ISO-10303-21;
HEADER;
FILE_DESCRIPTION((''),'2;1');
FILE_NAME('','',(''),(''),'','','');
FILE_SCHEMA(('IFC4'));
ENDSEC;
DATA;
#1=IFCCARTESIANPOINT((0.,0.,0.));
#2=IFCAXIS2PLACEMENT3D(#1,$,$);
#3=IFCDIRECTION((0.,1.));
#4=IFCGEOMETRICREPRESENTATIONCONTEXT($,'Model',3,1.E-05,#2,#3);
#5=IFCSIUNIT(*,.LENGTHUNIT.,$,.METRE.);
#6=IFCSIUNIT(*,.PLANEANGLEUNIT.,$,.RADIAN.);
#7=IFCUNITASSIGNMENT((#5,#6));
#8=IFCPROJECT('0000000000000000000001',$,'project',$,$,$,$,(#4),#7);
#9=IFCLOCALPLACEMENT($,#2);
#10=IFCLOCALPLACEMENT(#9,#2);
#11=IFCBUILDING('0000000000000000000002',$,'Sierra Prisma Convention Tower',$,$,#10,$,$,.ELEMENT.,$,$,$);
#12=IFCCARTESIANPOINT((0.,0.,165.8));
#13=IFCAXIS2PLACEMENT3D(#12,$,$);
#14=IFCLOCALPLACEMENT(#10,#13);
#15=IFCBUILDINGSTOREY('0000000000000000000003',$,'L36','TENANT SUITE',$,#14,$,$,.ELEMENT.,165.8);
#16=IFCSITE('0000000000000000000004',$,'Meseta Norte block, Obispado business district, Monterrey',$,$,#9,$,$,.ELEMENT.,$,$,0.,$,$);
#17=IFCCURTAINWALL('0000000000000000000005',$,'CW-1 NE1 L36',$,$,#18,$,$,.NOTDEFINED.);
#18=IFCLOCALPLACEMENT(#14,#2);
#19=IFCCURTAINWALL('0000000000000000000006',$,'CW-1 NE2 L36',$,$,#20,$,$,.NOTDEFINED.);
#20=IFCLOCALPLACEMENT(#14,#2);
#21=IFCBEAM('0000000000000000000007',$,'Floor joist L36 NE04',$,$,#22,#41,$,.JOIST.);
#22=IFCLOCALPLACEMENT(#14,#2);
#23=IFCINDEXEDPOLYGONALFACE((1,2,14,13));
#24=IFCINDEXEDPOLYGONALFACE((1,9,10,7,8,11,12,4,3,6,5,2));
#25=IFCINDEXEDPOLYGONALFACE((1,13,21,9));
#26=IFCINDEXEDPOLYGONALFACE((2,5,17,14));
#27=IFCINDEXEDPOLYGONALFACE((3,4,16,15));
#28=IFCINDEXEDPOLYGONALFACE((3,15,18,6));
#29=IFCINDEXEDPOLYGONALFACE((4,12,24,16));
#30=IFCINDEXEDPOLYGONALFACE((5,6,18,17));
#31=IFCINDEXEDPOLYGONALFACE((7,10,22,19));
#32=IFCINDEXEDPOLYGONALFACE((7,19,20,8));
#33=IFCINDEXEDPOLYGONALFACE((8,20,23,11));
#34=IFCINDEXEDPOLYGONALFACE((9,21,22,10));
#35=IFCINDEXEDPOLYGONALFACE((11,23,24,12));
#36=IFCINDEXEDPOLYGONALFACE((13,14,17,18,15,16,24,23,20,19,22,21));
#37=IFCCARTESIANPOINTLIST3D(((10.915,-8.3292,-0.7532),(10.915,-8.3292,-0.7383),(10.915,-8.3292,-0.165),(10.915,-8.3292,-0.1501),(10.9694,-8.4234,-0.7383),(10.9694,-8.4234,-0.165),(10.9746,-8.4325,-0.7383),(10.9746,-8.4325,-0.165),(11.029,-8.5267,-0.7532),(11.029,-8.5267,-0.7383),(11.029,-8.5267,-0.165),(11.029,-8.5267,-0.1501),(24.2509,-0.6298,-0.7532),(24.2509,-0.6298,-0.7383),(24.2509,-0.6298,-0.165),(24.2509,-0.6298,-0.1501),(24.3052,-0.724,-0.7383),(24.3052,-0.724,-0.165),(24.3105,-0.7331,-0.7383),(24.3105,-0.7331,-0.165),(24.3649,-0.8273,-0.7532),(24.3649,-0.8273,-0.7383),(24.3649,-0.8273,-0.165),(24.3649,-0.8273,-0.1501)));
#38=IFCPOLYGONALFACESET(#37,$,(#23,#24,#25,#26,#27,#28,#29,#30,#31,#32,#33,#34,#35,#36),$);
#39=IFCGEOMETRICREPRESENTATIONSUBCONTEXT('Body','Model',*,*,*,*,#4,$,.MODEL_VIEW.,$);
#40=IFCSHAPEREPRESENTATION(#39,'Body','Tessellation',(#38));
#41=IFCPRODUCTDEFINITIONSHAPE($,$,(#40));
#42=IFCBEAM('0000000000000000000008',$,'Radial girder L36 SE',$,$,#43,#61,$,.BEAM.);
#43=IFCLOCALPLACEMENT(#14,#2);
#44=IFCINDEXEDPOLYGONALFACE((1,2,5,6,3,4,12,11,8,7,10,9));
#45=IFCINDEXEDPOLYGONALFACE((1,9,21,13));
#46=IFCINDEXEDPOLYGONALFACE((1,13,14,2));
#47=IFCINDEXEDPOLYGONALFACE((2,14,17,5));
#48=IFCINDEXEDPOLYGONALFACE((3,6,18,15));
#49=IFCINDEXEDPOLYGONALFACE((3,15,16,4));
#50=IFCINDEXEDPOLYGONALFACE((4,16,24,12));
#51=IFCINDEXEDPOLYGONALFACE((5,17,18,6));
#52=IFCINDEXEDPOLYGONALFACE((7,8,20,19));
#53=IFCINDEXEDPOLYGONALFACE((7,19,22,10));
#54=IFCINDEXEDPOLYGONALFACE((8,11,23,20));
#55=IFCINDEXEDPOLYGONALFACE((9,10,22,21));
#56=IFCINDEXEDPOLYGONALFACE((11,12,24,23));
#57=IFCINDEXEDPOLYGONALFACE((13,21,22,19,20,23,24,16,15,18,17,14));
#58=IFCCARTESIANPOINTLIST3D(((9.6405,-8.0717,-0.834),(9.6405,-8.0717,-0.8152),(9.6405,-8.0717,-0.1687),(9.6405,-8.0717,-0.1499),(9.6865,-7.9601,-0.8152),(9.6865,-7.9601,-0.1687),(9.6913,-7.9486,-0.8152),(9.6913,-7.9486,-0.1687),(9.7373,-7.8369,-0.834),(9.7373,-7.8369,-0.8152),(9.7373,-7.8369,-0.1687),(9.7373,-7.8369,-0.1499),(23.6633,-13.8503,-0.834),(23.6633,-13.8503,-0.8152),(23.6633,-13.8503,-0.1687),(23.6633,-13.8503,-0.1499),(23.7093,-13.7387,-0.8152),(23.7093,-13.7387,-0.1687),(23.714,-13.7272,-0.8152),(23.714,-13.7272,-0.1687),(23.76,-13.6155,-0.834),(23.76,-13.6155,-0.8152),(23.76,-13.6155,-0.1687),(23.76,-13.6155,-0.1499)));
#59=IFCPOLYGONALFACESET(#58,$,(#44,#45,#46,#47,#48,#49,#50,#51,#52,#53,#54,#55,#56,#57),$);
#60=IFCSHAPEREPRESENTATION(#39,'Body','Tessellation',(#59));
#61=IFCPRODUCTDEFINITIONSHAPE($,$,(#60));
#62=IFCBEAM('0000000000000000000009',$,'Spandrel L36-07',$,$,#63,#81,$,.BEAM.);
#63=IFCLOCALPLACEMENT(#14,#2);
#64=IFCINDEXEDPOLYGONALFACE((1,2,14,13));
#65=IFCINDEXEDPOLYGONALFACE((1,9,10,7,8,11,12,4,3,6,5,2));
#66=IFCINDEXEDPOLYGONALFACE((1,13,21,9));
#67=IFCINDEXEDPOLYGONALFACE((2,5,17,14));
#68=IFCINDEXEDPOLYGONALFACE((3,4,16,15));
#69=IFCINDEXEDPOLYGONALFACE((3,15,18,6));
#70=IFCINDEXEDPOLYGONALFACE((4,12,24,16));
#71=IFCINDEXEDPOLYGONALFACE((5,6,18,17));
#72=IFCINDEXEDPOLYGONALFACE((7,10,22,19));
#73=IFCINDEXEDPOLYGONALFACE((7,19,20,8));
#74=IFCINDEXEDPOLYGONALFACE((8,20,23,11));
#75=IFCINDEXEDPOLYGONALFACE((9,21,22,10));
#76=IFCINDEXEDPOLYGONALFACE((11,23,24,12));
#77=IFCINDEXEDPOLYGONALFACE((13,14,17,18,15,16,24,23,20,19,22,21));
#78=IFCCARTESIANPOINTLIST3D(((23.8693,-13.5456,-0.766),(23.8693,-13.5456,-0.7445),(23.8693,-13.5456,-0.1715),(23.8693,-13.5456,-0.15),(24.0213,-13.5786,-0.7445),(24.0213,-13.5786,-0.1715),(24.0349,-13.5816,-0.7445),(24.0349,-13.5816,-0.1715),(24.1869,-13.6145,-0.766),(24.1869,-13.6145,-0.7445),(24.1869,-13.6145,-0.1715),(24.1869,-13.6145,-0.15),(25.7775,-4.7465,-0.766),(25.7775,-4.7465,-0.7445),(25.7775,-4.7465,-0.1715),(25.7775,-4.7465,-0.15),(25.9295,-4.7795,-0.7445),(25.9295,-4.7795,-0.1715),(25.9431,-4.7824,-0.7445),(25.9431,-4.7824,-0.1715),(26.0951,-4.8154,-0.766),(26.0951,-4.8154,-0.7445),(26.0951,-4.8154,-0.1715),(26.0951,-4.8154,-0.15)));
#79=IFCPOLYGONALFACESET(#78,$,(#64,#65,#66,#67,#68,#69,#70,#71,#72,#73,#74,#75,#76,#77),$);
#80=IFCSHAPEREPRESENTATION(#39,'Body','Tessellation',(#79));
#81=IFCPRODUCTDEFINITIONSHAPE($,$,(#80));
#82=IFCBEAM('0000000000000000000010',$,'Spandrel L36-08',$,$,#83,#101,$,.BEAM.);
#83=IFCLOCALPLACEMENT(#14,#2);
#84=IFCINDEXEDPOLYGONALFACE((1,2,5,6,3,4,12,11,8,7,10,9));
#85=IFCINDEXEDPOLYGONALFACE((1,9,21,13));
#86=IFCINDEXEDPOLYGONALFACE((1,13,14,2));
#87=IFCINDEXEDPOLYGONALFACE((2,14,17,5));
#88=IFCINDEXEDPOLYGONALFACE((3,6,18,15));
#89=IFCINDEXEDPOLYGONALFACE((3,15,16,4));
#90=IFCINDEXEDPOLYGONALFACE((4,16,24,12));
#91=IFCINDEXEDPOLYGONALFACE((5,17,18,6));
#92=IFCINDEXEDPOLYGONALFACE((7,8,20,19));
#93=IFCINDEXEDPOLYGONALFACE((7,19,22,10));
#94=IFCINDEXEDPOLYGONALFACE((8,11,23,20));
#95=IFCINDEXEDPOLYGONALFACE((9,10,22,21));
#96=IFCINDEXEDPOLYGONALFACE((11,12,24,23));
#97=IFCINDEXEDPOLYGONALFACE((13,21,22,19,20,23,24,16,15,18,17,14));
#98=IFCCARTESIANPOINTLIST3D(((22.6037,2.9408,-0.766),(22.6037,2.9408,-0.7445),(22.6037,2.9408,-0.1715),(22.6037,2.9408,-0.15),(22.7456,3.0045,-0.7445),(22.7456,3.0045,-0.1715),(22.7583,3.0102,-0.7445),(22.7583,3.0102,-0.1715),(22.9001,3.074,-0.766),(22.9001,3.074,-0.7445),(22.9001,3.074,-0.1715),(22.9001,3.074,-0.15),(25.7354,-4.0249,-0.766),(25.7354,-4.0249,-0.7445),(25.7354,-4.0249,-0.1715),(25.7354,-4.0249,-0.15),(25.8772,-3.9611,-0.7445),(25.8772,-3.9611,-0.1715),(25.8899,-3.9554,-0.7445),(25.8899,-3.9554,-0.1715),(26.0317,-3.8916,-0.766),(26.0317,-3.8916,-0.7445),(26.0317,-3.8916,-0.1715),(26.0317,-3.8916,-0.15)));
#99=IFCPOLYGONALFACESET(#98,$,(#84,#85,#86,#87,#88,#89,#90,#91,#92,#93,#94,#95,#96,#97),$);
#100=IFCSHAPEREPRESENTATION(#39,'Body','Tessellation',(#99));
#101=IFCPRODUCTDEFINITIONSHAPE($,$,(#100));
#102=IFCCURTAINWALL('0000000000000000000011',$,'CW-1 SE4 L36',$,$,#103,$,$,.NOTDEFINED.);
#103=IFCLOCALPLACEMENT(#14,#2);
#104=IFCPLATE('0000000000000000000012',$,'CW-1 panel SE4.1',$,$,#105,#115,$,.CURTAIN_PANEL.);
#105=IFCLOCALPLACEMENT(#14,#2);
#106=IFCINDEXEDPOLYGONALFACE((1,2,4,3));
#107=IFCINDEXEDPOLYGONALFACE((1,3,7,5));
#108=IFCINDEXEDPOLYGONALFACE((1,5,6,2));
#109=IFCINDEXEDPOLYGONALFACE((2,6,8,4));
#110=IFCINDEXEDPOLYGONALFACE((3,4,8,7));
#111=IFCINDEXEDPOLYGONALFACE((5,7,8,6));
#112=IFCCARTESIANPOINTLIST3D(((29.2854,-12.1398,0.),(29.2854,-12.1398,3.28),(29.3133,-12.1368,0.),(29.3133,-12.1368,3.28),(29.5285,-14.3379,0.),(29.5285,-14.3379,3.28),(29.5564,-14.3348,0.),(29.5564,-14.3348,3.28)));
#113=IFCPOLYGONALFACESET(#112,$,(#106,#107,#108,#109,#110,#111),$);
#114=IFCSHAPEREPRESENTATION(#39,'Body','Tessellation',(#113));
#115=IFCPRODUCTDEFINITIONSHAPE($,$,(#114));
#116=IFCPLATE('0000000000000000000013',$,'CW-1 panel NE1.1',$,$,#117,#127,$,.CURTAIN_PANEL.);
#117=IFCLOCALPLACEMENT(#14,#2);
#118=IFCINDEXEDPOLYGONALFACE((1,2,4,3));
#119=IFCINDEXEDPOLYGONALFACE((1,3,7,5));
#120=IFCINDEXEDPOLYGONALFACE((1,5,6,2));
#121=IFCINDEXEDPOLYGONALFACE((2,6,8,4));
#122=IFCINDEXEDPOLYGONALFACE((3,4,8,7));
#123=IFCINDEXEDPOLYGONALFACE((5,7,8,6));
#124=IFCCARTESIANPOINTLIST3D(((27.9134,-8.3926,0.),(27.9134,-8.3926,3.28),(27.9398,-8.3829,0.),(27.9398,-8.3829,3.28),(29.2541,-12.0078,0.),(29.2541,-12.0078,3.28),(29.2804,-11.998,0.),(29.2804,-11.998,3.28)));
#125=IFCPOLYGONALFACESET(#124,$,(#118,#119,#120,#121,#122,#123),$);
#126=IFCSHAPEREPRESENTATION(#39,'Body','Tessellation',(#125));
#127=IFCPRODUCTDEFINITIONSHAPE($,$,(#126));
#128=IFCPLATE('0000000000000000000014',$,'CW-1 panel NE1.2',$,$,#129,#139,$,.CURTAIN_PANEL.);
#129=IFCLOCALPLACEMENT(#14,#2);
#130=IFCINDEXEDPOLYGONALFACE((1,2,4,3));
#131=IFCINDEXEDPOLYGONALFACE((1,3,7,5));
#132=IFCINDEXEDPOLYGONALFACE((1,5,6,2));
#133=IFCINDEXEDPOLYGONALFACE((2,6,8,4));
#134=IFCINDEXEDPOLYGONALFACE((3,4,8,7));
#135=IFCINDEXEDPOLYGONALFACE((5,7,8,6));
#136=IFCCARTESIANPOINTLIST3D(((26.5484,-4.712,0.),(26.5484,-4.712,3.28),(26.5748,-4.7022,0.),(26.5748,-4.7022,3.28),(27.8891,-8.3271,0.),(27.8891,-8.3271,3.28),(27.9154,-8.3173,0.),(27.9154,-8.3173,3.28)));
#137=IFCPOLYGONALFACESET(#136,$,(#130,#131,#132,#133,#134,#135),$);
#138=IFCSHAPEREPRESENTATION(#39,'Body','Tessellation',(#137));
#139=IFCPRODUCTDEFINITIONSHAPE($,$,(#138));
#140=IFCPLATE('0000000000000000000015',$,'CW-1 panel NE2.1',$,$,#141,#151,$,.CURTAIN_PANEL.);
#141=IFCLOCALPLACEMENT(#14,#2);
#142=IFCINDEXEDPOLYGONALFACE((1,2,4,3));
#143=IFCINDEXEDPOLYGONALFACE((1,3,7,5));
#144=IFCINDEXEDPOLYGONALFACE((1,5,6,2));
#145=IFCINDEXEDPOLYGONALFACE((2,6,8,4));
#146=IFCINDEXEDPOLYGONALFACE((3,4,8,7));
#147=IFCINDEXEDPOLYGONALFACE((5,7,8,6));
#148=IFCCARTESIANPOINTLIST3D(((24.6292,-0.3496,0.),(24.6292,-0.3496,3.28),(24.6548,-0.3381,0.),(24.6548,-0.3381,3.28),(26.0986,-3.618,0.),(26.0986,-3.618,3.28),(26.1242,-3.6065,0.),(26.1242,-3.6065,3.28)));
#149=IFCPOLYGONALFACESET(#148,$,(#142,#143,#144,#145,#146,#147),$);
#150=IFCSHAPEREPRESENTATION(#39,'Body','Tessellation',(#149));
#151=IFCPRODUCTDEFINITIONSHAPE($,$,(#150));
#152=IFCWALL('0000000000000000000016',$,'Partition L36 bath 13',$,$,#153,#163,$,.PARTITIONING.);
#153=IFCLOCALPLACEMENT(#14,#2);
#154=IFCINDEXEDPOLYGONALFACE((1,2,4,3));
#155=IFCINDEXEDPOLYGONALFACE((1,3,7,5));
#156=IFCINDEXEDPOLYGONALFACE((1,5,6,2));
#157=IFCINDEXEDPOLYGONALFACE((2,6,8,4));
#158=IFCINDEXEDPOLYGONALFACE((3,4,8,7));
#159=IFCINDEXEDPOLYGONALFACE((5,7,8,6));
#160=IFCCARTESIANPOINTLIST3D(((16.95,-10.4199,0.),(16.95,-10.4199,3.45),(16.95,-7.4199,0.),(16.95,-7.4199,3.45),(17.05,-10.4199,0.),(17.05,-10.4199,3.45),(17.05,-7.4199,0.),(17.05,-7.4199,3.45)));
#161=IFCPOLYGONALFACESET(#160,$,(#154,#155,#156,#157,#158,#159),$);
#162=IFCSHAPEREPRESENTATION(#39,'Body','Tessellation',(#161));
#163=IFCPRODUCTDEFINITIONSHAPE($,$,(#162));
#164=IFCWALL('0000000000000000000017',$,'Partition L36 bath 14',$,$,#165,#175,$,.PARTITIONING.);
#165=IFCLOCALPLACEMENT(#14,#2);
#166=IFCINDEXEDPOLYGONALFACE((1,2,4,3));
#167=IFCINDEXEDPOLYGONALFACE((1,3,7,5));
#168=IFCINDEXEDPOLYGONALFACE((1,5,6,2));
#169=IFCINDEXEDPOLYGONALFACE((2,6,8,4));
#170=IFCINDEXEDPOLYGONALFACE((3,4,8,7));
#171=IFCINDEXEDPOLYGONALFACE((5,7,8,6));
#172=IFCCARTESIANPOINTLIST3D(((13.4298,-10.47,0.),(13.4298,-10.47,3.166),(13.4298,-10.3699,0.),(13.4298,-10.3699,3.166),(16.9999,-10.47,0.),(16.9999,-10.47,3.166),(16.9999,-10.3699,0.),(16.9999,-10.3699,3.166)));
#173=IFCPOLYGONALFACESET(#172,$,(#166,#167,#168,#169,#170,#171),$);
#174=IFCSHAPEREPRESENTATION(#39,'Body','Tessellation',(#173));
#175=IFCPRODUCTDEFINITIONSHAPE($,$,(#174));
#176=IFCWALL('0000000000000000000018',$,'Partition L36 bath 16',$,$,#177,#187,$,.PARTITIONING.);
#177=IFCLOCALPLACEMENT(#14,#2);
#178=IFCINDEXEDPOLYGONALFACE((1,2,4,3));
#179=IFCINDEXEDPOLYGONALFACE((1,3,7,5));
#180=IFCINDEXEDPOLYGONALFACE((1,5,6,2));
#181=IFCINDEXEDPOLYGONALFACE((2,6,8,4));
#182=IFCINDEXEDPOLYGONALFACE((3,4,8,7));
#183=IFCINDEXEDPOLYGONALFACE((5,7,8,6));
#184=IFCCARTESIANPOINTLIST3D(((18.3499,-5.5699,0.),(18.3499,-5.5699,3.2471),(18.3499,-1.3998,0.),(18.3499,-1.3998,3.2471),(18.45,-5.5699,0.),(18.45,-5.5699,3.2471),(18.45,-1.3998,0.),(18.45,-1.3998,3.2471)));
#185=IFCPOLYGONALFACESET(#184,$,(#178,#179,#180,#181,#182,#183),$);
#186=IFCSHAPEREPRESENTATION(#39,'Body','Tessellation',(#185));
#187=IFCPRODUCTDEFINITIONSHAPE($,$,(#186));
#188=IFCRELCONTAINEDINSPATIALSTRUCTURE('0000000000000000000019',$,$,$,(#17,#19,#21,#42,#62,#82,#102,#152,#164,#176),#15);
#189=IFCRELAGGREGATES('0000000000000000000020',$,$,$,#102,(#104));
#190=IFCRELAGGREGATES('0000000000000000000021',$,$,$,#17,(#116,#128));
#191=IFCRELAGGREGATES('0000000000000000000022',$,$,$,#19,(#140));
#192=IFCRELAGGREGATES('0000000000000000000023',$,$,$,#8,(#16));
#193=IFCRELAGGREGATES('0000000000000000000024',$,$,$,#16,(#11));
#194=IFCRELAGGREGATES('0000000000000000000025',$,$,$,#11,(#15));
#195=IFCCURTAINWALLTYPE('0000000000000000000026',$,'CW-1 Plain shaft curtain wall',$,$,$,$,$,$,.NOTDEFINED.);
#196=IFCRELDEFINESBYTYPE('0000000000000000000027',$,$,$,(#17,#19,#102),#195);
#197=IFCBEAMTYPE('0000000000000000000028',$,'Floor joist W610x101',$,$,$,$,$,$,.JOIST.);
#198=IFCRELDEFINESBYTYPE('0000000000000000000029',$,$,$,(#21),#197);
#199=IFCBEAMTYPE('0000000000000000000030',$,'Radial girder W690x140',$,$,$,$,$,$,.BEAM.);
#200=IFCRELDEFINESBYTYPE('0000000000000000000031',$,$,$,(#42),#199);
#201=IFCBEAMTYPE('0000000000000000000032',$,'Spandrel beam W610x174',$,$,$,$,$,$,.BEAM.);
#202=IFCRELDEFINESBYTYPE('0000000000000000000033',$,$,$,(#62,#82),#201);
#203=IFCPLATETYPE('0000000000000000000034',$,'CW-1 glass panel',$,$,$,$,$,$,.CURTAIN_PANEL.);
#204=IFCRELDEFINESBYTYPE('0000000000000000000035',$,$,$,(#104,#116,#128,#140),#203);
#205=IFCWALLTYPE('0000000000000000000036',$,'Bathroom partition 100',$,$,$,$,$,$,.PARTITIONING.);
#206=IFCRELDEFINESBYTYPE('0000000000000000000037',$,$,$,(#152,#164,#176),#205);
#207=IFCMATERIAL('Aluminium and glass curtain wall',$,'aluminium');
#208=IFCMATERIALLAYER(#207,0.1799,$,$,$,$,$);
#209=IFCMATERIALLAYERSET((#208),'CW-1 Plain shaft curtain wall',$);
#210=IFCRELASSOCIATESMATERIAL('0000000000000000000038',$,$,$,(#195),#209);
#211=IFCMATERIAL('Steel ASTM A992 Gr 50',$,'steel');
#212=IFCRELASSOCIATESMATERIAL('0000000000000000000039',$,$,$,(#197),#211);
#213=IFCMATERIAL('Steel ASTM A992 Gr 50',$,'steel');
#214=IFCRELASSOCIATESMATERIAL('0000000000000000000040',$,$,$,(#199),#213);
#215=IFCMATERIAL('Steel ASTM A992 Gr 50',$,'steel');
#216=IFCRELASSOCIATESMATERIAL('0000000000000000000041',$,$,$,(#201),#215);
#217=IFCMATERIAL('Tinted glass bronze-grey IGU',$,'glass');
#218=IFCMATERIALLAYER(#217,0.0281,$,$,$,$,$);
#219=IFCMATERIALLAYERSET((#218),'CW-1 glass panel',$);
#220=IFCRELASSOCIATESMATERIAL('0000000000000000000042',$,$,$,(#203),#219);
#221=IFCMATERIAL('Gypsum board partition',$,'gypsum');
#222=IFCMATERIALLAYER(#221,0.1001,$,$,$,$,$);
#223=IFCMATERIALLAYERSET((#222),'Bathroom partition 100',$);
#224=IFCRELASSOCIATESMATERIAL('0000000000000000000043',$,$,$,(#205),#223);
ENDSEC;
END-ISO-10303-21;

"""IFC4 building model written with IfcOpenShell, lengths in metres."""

from ifc_helpers import new_model, si_unit, direction, frame, frame_2d, origin, origin_2d, place, context, subcontext, project, spatial, rectangle, i_section, extrude, material, layer, layer_set, material_profile, profile_set, type_object, element, aggregate, save


model = new_model("IFC4")

# Units and contexts
model_context = context("Model", 3, precision=1e-05, world=origin(), true_north=direction((0.0, 1.0)))
body_context = subcontext(model_context, "Body", "Model", "MODEL_VIEW")
ifc_project = project(units=[si_unit("LENGTHUNIT", "METRE"), si_unit("PLANEANGLEUNIT", "RADIAN")], contexts=[model_context])

# Site, building, storey
site_placement = place(None, origin())
site = spatial("IfcSite", under=ifc_project, at=site_placement, Name="Meseta Norte block, Obispado business district, Monterrey", CompositionType="ELEMENT", RefElevation=0.0)
building_placement = place(site_placement, origin())
building = spatial("IfcBuilding", under=site, at=building_placement, Name="Sierra Prisma Convention Tower", CompositionType="ELEMENT")
storey_placement = place(building_placement, frame((0.0, 0.0, 165.8)))
storey = spatial("IfcBuildingStorey", under=building, at=storey_placement, Name="L36", Description="TENANT SUITE", CompositionType="ELEMENT", Elevation=165.8)

# Curtain walls
ifc_material_1 = material(Name="Aluminium and glass curtain wall", Category="aluminium")
ifc_layer_1 = layer(ifc_material_1, 0.1799)
ifc_layer_set_1 = layer_set([ifc_layer_1], Name="CW-1 Plain shaft curtain wall")
curtain_wall_type = type_object("IfcCurtainWallType", Name="CW-1 Plain shaft curtain wall", PredefinedType="NOTDEFINED", material=ifc_layer_set_1)
curtain_wall_1_placement = place(storey_placement, origin())
curtain_wall_1 = element("IfcCurtainWall", 1, at=curtain_wall_1_placement, inside=storey, type_object=curtain_wall_type, Name="CW-1 NE1 L36", PredefinedType="NOTDEFINED")
curtain_wall_2_placement = place(storey_placement, origin())
curtain_wall_2 = element("IfcCurtainWall", 2, at=curtain_wall_2_placement, inside=storey, type_object=curtain_wall_type, Name="CW-1 NE2 L36", PredefinedType="NOTDEFINED")

# Beams
ifc_material_2 = material(Name="Steel ASTM A992 Gr 50", Category="steel")
ifc_material_profile_1 = material_profile(ifc_material_2, i_section(OverallWidth=0.228, OverallDepth=0.603, WebThickness=0.0105, FlangeThickness=0.0149, at=origin_2d()), Name="W610x101")
ifc_profile_set_1 = profile_set([ifc_material_profile_1], Name="Steel ASTM A992 Gr 50")
beam_type_1 = type_object("IfcBeamType", Name="Floor joist W610x101", PredefinedType="JOIST", material=ifc_profile_set_1)
beam_1_placement = place(storey_placement, frame((24.3079, -0.7285, -0.4517), z_axis=(-0.866027, -0.499998, 0.0), x_axis=(0.499998, -0.866027, 0.0)))
element("IfcBeam", 3, at=beam_1_placement, inside=storey, type_object=beam_type_1, Name="Floor joist L36 NE04", PredefinedType="JOIST", context=body_context, shape_type="SweptSolid", body=[
    extrude(i_section(OverallWidth=0.228, OverallDepth=0.603, WebThickness=0.0105, FlangeThickness=0.0149, at=origin_2d()), origin(), (0.0, 0.0, 1.0), 15.3989),
])
ifc_material_3 = material(Name="Steel ASTM A992 Gr 50", Category="steel")
ifc_material_profile_2 = material_profile(ifc_material_3, i_section(OverallWidth=0.2539, OverallDepth=0.6841, WebThickness=0.0125, FlangeThickness=0.0188, at=origin_2d()), Name="W690x140")
ifc_profile_set_2 = profile_set([ifc_material_profile_2], Name="Steel ASTM A992 Gr 50")
beam_type_2 = type_object("IfcBeamType", Name="Radial girder W690x140", PredefinedType="BEAM", material=ifc_profile_set_2)
beam_2_placement = place(storey_placement, frame((23.7117, -13.7329, -0.4919), z_axis=(-0.924573, 0.381004, 0.0), x_axis=(-0.381004, -0.924573, 0.0)))
element("IfcBeam", 4, at=beam_2_placement, inside=storey, type_object=beam_type_2, Name="Radial girder L36 SE", PredefinedType="BEAM", context=body_context, shape_type="SweptSolid", body=[
    extrude(i_section(OverallWidth=0.2539, OverallDepth=0.6841, WebThickness=0.0125, FlangeThickness=0.0188, at=origin_2d()), origin(), (0.0, 0.0, 1.0), 15.1667),
])
ifc_material_4 = material(Name="Steel ASTM A992 Gr 50", Category="steel")
ifc_material_profile_3 = material_profile(ifc_material_4, i_section(OverallWidth=0.325, OverallDepth=0.616, WebThickness=0.0139, FlangeThickness=0.0215, at=origin_2d()), Name="W610x174")
ifc_profile_set_3 = profile_set([ifc_material_profile_3], Name="Steel ASTM A992 Gr 50")
beam_type_3 = type_object("IfcBeamType", Name="Spandrel beam W610x174", PredefinedType="BEAM", material=ifc_profile_set_3)
beam_3_placement = place(storey_placement, frame((24.0281, -13.5801, -0.458), z_axis=(0.211938, 0.977283, 0.0), x_axis=(-0.977283, 0.211938, 0.0)))
element("IfcBeam", 5, at=beam_3_placement, inside=storey, type_object=beam_type_3, Name="Spandrel L36-07", PredefinedType="BEAM", context=body_context, shape_type="SweptSolid", body=[
    extrude(i_section(OverallWidth=0.325, OverallDepth=0.616, WebThickness=0.0139, FlangeThickness=0.0215, at=origin_2d()), origin(), (0.0, 0.0, 1.0), 9.0037),
])
beam_4_placement = place(storey_placement, frame((25.8835, -3.9583, -0.458), z_axis=(-0.410047, 0.912064, 0.0), x_axis=(-0.912064, -0.410047, 0.0)))
element("IfcBeam", 6, at=beam_4_placement, inside=storey, type_object=beam_type_3, Name="Spandrel L36-08", PredefinedType="BEAM", context=body_context, shape_type="SweptSolid", body=[
    extrude(i_section(OverallWidth=0.325, OverallDepth=0.616, WebThickness=0.0139, FlangeThickness=0.0215, at=origin_2d()), origin(), (0.0, 0.0, 1.0), 7.6372),
])

# Curtain wall, plate
curtain_wall_3_placement = place(storey_placement, origin())
curtain_wall_3 = element("IfcCurtainWall", 7, at=curtain_wall_3_placement, inside=storey, type_object=curtain_wall_type, Name="CW-1 SE4 L36", PredefinedType="NOTDEFINED")
ifc_material_5 = material(Name="Tinted glass bronze-grey IGU", Category="glass")
ifc_layer_2 = layer(ifc_material_5, 0.0281)
ifc_layer_set_2 = layer_set([ifc_layer_2], Name="CW-1 glass panel")
plate_type = type_object("IfcPlateType", Name="CW-1 glass panel", PredefinedType="CURTAIN_PANEL", material=ifc_layer_set_2)
plate_1_placement = place(storey_placement, frame((29.4209, -13.2373, 0.0), z_axis=(0.0, 0.0, 1.0), x_axis=(-0.109951, 0.993937, 0.0)))
plate_1 = element("IfcPlate", 8, at=plate_1_placement, type_object=plate_type, Name="CW-1 panel SE4.1", PredefinedType="CURTAIN_PANEL", context=body_context, shape_type="SweptSolid", body=[
    extrude(rectangle(XDim=2.2114, YDim=0.0281, at=origin_2d()), origin(), (0.0, 0.0, 1.0), 3.28),
])
aggregate(curtain_wall_3, [plate_1])

# Plates
plate_2_placement = place(storey_placement, frame((28.5969, -10.1953, 0.0), z_axis=(0.0, 0.0, 1.0), x_axis=(-0.347709, 0.937603, 0.0)))
plate_2 = element("IfcPlate", 9, at=plate_2_placement, type_object=plate_type, Name="CW-1 panel NE1.1", PredefinedType="CURTAIN_PANEL", context=body_context, shape_type="SweptSolid", body=[
    extrude(rectangle(XDim=3.8557, YDim=0.0281, at=origin_2d()), origin(), (0.0, 0.0, 1.0), 3.28),
])
plate_3_placement = place(storey_placement, frame((27.2319, -6.5146, 0.0), z_axis=(0.0, 0.0, 1.0), x_axis=(-0.347709, 0.937603, 0.0)))
plate_3 = element("IfcPlate", 10, at=plate_3_placement, type_object=plate_type, Name="CW-1 panel NE1.2", PredefinedType="CURTAIN_PANEL", context=body_context, shape_type="SweptSolid", body=[
    extrude(rectangle(XDim=3.8557, YDim=0.0281, at=origin_2d()), origin(), (0.0, 0.0, 1.0), 3.28),
])
aggregate(curtain_wall_1, [plate_2, plate_3])
plate_4_placement = place(storey_placement, frame((25.3767, -1.978, 0.0), z_axis=(0.0, 0.0, 1.0), x_axis=(-0.410056, 0.91206, 0.0)))
plate_4 = element("IfcPlate", 11, at=plate_4_placement, type_object=plate_type, Name="CW-1 panel NE2.1", PredefinedType="CURTAIN_PANEL", context=body_context, shape_type="SweptSolid", body=[
    extrude(rectangle(XDim=3.5835, YDim=0.0281, at=origin_2d()), origin(), (0.0, 0.0, 1.0), 3.28),
])
aggregate(curtain_wall_2, [plate_4])

# Walls
ifc_material_6 = material(Name="Gypsum board partition", Category="gypsum")
ifc_layer_3 = layer(ifc_material_6, 0.1001)
ifc_layer_set_3 = layer_set([ifc_layer_3], Name="Bathroom partition 100")
wall_type_1 = type_object("IfcWallType", Name="Bathroom partition 100", PredefinedType="PARTITIONING", material=ifc_layer_set_3)
wall_1_placement = place(storey_placement, frame((17.0, -7.4199, 0.0), z_axis=(0.0, 0.0, 1.0), x_axis=(0.0, -1.0, 0.0)))
element("IfcWall", 12, at=wall_1_placement, inside=storey, type_object=wall_type_1, Name="Partition L36 bath 13", PredefinedType="PARTITIONING", context=body_context, shape_type="SweptSolid", body=[
    extrude(rectangle(XDim=3.0, YDim=0.1001, at=frame_2d((1.5, 0.0))), origin(), (0.0, 0.0, 1.0), 3.45),
])
wall_2_placement = place(storey_placement, frame((17.0, -10.4199, 0.0), z_axis=(0.0, 0.0, 1.0), x_axis=(-1.0, 0.0, 0.0)))
element("IfcWall", 13, at=wall_2_placement, inside=storey, type_object=wall_type_1, Name="Partition L36 bath 14", PredefinedType="PARTITIONING", context=body_context, shape_type="SweptSolid", body=[
    extrude(rectangle(XDim=3.5701, YDim=0.1001, at=frame_2d((1.7852, 0.0))), origin(), (0.0, 0.0, 1.0), 3.166),
])
wall_3_placement = place(storey_placement, frame((18.3999, -1.3999, 0.0), z_axis=(0.0, 0.0, 1.0), x_axis=(0.0, -1.0, 0.0)))
element("IfcWall", 14, at=wall_3_placement, inside=storey, type_object=wall_type_1, Name="Partition L36 bath 16", PredefinedType="PARTITIONING", context=body_context, shape_type="SweptSolid", body=[
    extrude(rectangle(XDim=4.1702, YDim=0.1001, at=frame_2d((2.085, 0.0))), origin(), (0.0, 0.0, 1.0), 3.2471),
])

save(model, "model.ifc")
